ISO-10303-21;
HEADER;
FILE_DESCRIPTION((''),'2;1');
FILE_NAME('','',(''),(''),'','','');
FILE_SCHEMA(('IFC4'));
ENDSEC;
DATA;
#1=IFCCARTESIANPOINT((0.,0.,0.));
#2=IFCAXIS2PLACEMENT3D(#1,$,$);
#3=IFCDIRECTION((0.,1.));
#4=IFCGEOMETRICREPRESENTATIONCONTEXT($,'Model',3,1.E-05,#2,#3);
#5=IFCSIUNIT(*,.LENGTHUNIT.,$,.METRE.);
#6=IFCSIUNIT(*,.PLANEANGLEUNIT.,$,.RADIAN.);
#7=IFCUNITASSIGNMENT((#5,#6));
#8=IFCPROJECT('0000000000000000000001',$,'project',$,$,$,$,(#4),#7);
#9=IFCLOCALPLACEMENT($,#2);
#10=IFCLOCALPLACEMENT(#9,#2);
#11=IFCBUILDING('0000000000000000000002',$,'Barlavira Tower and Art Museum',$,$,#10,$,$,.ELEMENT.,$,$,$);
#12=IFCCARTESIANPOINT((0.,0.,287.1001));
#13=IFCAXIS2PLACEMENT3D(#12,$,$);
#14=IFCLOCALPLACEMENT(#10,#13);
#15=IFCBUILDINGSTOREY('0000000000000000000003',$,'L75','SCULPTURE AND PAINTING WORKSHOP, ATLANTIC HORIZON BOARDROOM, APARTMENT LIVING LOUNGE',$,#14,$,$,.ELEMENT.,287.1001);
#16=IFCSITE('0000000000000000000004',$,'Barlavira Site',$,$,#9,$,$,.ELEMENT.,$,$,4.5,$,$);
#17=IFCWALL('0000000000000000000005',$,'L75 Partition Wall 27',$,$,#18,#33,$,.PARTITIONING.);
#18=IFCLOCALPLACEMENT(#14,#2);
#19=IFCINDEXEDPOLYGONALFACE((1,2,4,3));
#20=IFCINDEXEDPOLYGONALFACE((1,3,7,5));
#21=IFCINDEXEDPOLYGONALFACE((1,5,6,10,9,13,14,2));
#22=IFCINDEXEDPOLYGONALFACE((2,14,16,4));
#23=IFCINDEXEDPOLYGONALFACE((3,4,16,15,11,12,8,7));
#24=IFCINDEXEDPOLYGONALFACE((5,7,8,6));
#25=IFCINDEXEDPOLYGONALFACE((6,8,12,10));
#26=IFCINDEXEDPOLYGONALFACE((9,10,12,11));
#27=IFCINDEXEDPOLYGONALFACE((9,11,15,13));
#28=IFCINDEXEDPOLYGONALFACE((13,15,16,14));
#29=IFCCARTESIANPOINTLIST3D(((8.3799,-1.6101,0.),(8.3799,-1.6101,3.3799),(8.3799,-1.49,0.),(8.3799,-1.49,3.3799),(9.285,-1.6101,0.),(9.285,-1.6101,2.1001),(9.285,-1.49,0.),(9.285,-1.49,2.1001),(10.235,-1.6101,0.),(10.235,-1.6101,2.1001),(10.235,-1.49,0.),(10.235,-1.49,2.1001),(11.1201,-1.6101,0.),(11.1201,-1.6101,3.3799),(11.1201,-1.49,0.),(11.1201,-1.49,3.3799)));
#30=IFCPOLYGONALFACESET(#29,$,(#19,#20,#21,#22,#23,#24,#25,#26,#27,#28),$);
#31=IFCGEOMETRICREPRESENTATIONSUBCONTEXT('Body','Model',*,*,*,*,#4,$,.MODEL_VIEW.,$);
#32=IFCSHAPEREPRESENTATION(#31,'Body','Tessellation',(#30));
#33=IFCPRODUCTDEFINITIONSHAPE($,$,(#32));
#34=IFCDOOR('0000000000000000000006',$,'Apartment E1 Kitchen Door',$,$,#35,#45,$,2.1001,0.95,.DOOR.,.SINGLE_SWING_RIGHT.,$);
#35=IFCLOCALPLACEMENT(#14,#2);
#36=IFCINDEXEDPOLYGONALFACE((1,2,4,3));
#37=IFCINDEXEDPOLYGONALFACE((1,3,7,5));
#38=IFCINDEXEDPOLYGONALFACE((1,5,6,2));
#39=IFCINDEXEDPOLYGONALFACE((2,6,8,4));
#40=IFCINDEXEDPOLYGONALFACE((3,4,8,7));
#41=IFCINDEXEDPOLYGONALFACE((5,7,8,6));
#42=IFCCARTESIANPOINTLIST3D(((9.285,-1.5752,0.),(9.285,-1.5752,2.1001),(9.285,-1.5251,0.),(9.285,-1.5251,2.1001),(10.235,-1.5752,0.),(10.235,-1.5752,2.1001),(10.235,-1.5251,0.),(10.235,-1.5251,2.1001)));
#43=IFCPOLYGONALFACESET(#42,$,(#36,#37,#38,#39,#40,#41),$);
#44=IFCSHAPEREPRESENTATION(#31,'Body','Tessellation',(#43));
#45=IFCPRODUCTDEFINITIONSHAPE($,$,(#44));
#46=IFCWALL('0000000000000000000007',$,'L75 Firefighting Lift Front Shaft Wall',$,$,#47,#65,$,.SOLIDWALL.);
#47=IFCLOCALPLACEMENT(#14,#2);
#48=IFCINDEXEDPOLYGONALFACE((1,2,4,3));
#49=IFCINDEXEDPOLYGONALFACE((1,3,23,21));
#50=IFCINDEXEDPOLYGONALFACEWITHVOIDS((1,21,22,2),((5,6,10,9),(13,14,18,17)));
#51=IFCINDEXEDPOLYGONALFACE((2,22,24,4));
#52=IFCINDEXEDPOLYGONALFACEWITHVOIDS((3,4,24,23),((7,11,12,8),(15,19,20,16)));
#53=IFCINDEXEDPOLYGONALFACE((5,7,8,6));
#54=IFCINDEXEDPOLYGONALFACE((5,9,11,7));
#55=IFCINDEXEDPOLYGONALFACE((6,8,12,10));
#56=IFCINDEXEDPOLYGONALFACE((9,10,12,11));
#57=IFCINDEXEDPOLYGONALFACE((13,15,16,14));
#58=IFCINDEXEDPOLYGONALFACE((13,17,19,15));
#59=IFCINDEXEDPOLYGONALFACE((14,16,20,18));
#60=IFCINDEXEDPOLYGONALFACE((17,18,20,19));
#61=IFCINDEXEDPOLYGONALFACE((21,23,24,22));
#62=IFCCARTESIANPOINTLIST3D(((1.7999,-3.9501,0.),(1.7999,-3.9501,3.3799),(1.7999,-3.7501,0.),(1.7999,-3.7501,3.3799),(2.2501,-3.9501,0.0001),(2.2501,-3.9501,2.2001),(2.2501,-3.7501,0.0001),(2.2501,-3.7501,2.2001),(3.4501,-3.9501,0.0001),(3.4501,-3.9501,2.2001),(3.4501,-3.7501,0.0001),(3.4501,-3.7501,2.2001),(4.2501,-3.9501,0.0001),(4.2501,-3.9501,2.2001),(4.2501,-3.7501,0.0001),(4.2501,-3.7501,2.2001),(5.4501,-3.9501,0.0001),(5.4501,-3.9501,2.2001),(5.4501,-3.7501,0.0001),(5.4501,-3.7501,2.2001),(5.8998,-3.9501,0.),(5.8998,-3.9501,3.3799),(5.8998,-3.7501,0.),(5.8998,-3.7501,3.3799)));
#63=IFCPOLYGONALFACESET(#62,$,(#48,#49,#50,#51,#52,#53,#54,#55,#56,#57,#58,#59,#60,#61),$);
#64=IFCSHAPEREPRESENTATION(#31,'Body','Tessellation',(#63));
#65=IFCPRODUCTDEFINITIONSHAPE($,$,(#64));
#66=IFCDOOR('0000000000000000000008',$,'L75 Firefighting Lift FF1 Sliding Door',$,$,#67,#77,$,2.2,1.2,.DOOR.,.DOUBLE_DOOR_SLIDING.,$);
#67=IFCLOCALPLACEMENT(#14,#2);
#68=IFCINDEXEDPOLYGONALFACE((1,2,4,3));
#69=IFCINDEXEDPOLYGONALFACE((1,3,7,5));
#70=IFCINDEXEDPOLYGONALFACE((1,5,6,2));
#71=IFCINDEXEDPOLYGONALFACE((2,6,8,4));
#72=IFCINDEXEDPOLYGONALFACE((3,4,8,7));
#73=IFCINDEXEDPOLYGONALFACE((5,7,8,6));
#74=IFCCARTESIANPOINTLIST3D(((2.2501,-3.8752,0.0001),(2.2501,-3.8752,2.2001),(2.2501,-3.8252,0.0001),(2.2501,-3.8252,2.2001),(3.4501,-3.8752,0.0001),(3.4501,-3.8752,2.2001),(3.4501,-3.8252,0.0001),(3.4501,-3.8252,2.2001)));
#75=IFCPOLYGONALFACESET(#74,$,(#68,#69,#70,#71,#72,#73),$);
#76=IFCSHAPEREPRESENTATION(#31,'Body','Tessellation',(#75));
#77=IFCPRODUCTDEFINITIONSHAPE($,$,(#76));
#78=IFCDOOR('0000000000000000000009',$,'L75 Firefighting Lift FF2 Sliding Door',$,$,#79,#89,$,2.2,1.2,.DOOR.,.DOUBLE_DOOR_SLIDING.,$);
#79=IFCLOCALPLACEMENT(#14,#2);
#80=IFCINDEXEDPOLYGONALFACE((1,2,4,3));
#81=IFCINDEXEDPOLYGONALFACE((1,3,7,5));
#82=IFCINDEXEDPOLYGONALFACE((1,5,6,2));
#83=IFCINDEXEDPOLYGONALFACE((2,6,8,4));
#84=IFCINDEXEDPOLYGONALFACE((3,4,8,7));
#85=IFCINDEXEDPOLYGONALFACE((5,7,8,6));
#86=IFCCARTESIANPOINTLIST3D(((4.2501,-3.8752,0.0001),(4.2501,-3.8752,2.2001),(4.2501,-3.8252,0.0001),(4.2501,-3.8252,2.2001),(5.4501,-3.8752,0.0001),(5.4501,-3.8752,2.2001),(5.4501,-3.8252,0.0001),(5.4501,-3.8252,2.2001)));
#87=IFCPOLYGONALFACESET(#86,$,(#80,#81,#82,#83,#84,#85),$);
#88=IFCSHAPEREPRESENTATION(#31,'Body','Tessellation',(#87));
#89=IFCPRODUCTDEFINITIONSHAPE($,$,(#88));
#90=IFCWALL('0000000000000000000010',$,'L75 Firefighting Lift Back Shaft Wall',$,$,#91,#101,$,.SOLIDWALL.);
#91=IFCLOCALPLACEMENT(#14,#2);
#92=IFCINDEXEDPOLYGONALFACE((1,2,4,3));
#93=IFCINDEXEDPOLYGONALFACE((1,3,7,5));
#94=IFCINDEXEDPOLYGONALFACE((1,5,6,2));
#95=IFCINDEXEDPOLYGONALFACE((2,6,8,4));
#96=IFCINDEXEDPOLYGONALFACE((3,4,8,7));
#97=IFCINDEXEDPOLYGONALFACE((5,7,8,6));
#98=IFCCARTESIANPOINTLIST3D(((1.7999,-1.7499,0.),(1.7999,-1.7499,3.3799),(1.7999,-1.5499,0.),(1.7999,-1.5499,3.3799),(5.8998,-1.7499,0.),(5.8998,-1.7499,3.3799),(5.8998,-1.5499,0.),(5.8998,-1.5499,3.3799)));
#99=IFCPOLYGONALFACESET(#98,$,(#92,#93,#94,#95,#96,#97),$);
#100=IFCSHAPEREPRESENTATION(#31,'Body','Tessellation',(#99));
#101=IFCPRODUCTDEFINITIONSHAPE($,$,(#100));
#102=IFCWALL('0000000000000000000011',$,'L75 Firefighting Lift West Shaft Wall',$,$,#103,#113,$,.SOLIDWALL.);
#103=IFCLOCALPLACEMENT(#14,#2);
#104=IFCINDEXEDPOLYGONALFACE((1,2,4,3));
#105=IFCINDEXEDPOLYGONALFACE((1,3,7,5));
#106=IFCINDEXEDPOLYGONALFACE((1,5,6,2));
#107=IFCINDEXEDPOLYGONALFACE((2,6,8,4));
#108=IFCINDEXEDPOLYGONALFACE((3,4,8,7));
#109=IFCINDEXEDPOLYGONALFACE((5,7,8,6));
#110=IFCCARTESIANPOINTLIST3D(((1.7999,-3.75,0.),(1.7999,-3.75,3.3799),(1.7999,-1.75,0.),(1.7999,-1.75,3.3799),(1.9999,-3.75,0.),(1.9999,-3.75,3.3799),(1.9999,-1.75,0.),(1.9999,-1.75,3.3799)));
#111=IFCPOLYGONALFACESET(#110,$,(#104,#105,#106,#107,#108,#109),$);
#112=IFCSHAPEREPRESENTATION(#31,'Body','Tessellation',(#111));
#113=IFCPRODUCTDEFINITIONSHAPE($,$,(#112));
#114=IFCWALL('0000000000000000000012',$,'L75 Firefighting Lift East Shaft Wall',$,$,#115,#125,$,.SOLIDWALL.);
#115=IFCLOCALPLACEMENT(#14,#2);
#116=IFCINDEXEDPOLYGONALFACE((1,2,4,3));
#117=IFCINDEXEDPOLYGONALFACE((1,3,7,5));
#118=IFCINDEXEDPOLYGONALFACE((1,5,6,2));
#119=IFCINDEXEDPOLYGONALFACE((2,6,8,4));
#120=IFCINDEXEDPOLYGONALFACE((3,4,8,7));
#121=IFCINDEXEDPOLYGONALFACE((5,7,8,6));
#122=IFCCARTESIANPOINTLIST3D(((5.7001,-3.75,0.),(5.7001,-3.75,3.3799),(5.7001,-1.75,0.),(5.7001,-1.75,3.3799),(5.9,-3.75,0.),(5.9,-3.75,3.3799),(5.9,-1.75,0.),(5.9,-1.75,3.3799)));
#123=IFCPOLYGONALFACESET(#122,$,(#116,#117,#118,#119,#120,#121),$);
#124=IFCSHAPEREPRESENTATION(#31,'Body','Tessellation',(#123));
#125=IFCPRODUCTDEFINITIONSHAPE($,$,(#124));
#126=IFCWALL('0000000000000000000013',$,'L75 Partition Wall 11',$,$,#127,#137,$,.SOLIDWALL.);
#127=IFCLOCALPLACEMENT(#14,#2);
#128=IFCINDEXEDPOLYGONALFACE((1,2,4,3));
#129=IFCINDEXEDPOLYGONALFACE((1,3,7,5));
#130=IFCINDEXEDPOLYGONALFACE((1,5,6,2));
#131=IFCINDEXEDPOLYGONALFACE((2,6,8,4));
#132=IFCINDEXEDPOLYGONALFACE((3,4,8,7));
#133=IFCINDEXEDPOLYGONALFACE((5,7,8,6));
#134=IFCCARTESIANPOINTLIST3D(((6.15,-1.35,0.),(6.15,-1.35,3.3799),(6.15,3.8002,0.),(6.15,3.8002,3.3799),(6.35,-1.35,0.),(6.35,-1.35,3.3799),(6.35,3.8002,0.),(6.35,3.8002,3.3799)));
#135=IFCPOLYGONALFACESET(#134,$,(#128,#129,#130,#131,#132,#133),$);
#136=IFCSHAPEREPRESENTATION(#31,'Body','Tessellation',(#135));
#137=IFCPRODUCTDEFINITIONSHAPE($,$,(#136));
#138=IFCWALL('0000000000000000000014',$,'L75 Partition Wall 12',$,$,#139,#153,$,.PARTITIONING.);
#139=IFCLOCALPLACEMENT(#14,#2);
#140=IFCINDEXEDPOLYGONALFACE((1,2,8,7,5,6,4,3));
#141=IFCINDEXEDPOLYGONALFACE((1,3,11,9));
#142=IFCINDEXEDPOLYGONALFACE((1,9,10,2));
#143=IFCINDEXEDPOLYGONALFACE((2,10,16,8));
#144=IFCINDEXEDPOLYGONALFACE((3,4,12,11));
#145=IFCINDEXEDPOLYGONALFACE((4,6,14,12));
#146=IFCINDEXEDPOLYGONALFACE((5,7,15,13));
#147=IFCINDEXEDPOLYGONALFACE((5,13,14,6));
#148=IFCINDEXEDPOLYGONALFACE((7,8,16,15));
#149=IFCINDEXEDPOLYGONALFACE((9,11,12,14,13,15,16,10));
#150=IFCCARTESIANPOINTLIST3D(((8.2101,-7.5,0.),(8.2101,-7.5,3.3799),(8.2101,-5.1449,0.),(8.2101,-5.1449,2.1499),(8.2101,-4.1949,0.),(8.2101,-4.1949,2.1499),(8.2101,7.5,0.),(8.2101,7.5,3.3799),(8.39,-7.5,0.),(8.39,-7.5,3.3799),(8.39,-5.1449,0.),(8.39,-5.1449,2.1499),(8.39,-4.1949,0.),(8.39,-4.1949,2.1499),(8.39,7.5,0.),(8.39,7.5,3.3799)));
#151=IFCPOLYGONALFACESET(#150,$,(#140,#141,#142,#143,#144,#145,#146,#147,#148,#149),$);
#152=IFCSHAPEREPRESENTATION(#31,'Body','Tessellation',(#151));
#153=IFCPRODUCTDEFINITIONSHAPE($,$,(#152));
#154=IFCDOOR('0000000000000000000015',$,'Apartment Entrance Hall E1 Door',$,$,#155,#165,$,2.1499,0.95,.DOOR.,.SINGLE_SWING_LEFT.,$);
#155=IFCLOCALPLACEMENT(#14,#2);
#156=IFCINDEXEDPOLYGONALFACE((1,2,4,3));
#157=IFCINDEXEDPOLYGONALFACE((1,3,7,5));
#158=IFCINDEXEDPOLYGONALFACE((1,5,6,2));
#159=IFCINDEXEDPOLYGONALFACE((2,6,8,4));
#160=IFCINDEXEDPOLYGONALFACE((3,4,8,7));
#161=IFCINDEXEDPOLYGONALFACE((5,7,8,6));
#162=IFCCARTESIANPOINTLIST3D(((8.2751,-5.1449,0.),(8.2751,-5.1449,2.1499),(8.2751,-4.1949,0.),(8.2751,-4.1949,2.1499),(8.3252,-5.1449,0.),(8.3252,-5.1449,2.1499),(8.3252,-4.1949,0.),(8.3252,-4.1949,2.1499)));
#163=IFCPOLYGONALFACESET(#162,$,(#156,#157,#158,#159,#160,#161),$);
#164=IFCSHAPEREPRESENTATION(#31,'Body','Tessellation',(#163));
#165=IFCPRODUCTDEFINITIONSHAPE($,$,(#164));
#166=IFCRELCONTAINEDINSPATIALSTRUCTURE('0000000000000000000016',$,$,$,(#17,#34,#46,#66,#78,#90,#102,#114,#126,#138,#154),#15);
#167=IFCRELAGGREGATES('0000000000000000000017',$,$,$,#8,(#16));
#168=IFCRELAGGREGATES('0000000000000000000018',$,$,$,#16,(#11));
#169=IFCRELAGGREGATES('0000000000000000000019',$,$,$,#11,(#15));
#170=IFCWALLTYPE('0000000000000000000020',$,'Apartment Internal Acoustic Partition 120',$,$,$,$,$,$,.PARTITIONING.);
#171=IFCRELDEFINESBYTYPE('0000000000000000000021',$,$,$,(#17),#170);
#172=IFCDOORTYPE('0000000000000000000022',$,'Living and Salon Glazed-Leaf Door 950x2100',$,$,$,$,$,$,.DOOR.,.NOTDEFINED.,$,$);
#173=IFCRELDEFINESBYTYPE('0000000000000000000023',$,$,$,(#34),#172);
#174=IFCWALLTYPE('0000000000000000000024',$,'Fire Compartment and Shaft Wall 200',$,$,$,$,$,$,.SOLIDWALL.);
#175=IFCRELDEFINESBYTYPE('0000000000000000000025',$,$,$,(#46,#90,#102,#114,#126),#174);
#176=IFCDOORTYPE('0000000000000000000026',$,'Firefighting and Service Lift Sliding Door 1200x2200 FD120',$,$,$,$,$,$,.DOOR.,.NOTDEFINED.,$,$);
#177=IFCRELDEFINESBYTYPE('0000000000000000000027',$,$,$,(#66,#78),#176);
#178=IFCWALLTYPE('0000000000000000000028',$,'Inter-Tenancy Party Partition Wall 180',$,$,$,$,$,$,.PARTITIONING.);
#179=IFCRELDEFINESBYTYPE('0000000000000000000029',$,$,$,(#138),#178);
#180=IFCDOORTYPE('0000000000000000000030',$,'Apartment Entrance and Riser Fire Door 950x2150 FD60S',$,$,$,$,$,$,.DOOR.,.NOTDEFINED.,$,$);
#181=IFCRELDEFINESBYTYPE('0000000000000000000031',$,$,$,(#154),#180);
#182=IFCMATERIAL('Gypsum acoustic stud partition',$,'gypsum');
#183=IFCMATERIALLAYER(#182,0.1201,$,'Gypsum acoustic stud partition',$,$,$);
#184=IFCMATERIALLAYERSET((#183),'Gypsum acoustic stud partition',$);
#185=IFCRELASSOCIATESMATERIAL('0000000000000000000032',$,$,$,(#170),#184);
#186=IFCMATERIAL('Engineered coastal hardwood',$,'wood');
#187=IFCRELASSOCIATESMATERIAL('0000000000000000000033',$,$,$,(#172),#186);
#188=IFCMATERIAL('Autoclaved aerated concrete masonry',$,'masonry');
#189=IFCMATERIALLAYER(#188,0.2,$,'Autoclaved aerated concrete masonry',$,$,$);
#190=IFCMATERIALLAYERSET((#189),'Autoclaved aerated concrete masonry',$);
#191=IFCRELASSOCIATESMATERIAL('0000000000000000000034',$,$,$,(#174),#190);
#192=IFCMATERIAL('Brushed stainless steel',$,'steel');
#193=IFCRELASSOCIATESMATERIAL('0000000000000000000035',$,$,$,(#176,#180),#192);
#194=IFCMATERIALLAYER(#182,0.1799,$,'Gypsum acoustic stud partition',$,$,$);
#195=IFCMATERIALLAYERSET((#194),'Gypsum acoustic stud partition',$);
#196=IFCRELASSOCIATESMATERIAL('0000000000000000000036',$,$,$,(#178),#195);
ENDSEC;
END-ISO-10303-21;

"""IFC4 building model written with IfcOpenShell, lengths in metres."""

from ifc_helpers import new_model, si_unit, direction, frame, frame_2d, origin, place, context, subcontext, project, spatial, rectangle, extrude, material, layer, layer_set, type_object, element, fill, save


model = new_model("IFC4")

# Units and contexts
model_context = context("Model", 3, precision=1e-05, world=origin(), true_north=direction((0.0, 1.0)))
body_context = subcontext(model_context, "Body", "Model", "MODEL_VIEW")
ifc_project = project(units=[si_unit("LENGTHUNIT", "METRE"), si_unit("PLANEANGLEUNIT", "RADIAN")], contexts=[model_context])

# Site, building, storey
site_placement = place(None, origin())
site = spatial("IfcSite", under=ifc_project, at=site_placement, Name="Barlavira Site", CompositionType="ELEMENT", RefElevation=4.5)
building_placement = place(site_placement, origin())
building = spatial("IfcBuilding", under=site, at=building_placement, Name="Barlavira Tower and Art Museum", CompositionType="ELEMENT")
storey_placement = place(building_placement, frame((0.0, 0.0, 287.1001)))
storey = spatial("IfcBuildingStorey", under=building, at=storey_placement, Name="L75", Description="SCULPTURE AND PAINTING WORKSHOP, ATLANTIC HORIZON BOARDROOM, APARTMENT LIVING LOUNGE", CompositionType="ELEMENT", Elevation=287.1001)

# Wall, opening, door
ifc_material_1 = material(Name="Gypsum acoustic stud partition", Category="gypsum")
ifc_layer_1 = layer(ifc_material_1, 0.1201, Name="Gypsum acoustic stud partition")
ifc_layer_set_1 = layer_set([ifc_layer_1], Name="Gypsum acoustic stud partition")
wall_type_1 = type_object("IfcWallType", Name="Apartment Internal Acoustic Partition 120", PredefinedType="PARTITIONING", material=ifc_layer_set_1)
wall_1_placement = place(storey_placement, frame((8.3799, -1.55, 0.0), z_axis=(0.0, 0.0, 1.0), x_axis=(1.0, 0.0, 0.0)))
wall_1 = element("IfcWall", 1, at=wall_1_placement, inside=storey, type_object=wall_type_1, Name="L75 Partition Wall 27", PredefinedType="PARTITIONING", context=body_context, shape_type="SweptSolid", body=[
    extrude(rectangle(XDim=2.7402, YDim=0.1201, at=frame_2d((1.3701, 0.0))), origin(), (0.0, 0.0, 1.0), 3.3799),
])
opening_1_placement = place(wall_1_placement, frame((0.905, 0.0, 0.0)))
opening_1 = element("IfcOpeningElement", 2, at=opening_1_placement, cuts=wall_1, PredefinedType="OPENING", context=body_context, shape_type="SweptSolid", body=[
    extrude(rectangle(XDim=0.95, YDim=2.1001, at=frame_2d((0.4751, 1.05))), frame((0.0, 0.0701, 0.0), z_axis=(0.0, -1.0, 0.0), x_axis=(1.0, 0.0, 0.0)), (0.0, 0.0, 1.0), 0.1401),
])
ifc_material_2 = material(Name="Engineered coastal hardwood", Category="wood")
door_type_1 = type_object("IfcDoorType", Name="Living and Salon Glazed-Leaf Door 950x2100", OperationType="NOTDEFINED", PredefinedType="DOOR", material=ifc_material_2)
door_1_placement = place(opening_1_placement, origin())
door_1 = element("IfcDoor", 3, at=door_1_placement, inside=storey, type_object=door_type_1, Name="Apartment E1 Kitchen Door", OperationType="SINGLE_SWING_RIGHT", OverallHeight=2.1001, OverallWidth=0.95, PredefinedType="DOOR", context=body_context, shape_type="SweptSolid", body=[
    extrude(rectangle(XDim=0.95, YDim=2.1001, at=frame_2d((0.4751, 1.05))), frame((0.0, 0.0249, 0.0), z_axis=(0.0, -1.0, 0.0), x_axis=(1.0, 0.0, 0.0)), (0.0, 0.0, 1.0), 0.05),
])
fill(opening_1, door_1)
ifc_material_3 = material(Name="Brushed stainless steel", Category="steel")

# Wall, openings, doors
ifc_material_4 = material(Name="Autoclaved aerated concrete masonry", Category="masonry")
ifc_layer_2 = layer(ifc_material_4, 0.2, Name="Autoclaved aerated concrete masonry")
ifc_layer_set_2 = layer_set([ifc_layer_2], Name="Autoclaved aerated concrete masonry")
wall_type_2 = type_object("IfcWallType", Name="Fire Compartment and Shaft Wall 200", PredefinedType="SOLIDWALL", material=ifc_layer_set_2)
wall_2_placement = place(storey_placement, frame((1.8, -3.8501, 0.0), z_axis=(0.0, 0.0, 1.0), x_axis=(1.0, 0.0, 0.0)))
wall_2 = element("IfcWall", 4, at=wall_2_placement, inside=storey, type_object=wall_type_2, Name="L75 Firefighting Lift Front Shaft Wall", PredefinedType="SOLIDWALL", context=body_context, shape_type="SweptSolid", body=[
    extrude(rectangle(XDim=4.0999, YDim=0.2, at=frame_2d((2.0498, 0.0))), origin(), (0.0, 0.0, 1.0), 3.3799),
])
opening_2_placement = place(wall_2_placement, frame((0.45, 0.0, 0.0)))
opening_2 = element("IfcOpeningElement", 5, at=opening_2_placement, cuts=wall_2, PredefinedType="OPENING", context=body_context, shape_type="SweptSolid", body=[
    extrude(rectangle(XDim=1.2, YDim=2.2, at=frame_2d((0.6001, 1.1001))), frame((0.0, 0.1099, 0.0), z_axis=(0.0, -1.0, 0.0), x_axis=(1.0, 0.0, 0.0)), (0.0, 0.0, 1.0), 0.22),
])
opening_3_placement = place(wall_2_placement, frame((2.45, 0.0, 0.0)))
opening_3 = element("IfcOpeningElement", 6, at=opening_3_placement, cuts=wall_2, PredefinedType="OPENING", context=body_context, shape_type="SweptSolid", body=[
    extrude(rectangle(XDim=1.2, YDim=2.2, at=frame_2d((0.6001, 1.1001))), frame((0.0, 0.1099, 0.0), z_axis=(0.0, -1.0, 0.0), x_axis=(1.0, 0.0, 0.0)), (0.0, 0.0, 1.0), 0.22),
])
door_type_2 = type_object("IfcDoorType", Name="Firefighting and Service Lift Sliding Door 1200x2200 FD120", OperationType="NOTDEFINED", PredefinedType="DOOR", material=ifc_material_3)
door_2_placement = place(opening_2_placement, origin())
door_2 = element("IfcDoor", 7, at=door_2_placement, inside=storey, type_object=door_type_2, Name="L75 Firefighting Lift FF1 Sliding Door", OperationType="DOUBLE_DOOR_SLIDING", OverallHeight=2.2, OverallWidth=1.2, PredefinedType="DOOR", context=body_context, shape_type="SweptSolid", body=[
    extrude(rectangle(XDim=1.2, YDim=2.2, at=frame_2d((0.6001, 1.1001))), frame((0.0, 0.0249, 0.0), z_axis=(0.0, -1.0, 0.0), x_axis=(1.0, 0.0, 0.0)), (0.0, 0.0, 1.0), 0.05),
])
fill(opening_2, door_2)
door_3_placement = place(opening_3_placement, origin())
door_3 = element("IfcDoor", 8, at=door_3_placement, inside=storey, type_object=door_type_2, Name="L75 Firefighting Lift FF2 Sliding Door", OperationType="DOUBLE_DOOR_SLIDING", OverallHeight=2.2, OverallWidth=1.2, PredefinedType="DOOR", context=body_context, shape_type="SweptSolid", body=[
    extrude(rectangle(XDim=1.2, YDim=2.2, at=frame_2d((0.6001, 1.1001))), frame((0.0, 0.0249, 0.0), z_axis=(0.0, -1.0, 0.0), x_axis=(1.0, 0.0, 0.0)), (0.0, 0.0, 1.0), 0.05),
])
fill(opening_3, door_3)

# Walls
wall_3_placement = place(storey_placement, frame((1.8, -1.6499, 0.0), z_axis=(0.0, 0.0, 1.0), x_axis=(1.0, 0.0, 0.0)))
element("IfcWall", 9, at=wall_3_placement, inside=storey, type_object=wall_type_2, Name="L75 Firefighting Lift Back Shaft Wall", PredefinedType="SOLIDWALL", context=body_context, shape_type="SweptSolid", body=[
    extrude(rectangle(XDim=4.0999, YDim=0.2, at=frame_2d((2.0498, 0.0))), origin(), (0.0, 0.0, 1.0), 3.3799),
])
for number, where, z_axis, x_axis, name in (
    (10, (1.8999, -3.75, 0.0), (0.0, 0.0, 1.0), (0.0, 1.0, 0.0), "L75 Firefighting Lift West Shaft Wall"),
    (11, (5.8, -3.75, 0.0), (0.0, 0.0, 1.0), (0.0, 1.0, 0.0), "L75 Firefighting Lift East Shaft Wall"),
):
    element("IfcWall", number, at=place(storey_placement, frame(where, z_axis=z_axis, x_axis=x_axis)), inside=storey, type_object=wall_type_2, Name=name, PredefinedType="SOLIDWALL", context=body_context, shape_type="SweptSolid", body=[
        extrude(rectangle(XDim=2.0, YDim=0.2, at=frame_2d((1.0, 0.0))), origin(), (0.0, 0.0, 1.0), 3.3799),
    ])

# Shared definitions
door_type_3 = type_object("IfcDoorType", Name="Apartment Entrance and Riser Fire Door 950x2150 FD60S", OperationType="NOTDEFINED", PredefinedType="DOOR", material=ifc_material_3)

# Wall
wall_4_placement = place(storey_placement, frame((6.25, -1.3501, 0.0), z_axis=(0.0, 0.0, 1.0), x_axis=(0.0, 1.0, 0.0)))
element("IfcWall", 12, at=wall_4_placement, inside=storey, type_object=wall_type_2, Name="L75 Partition Wall 11", PredefinedType="SOLIDWALL", context=body_context, shape_type="SweptSolid", body=[
    extrude(rectangle(XDim=5.1501, YDim=0.2, at=frame_2d((2.5752, 0.0))), origin(), (0.0, 0.0, 1.0), 3.3799),
])

# Wall, opening, door
ifc_layer_3 = layer(ifc_material_1, 0.1799, Name="Gypsum acoustic stud partition")
ifc_layer_set_3 = layer_set([ifc_layer_3], Name="Gypsum acoustic stud partition")
wall_type_3 = type_object("IfcWallType", Name="Inter-Tenancy Party Partition Wall 180", PredefinedType="PARTITIONING", material=ifc_layer_set_3)
wall_5_placement = place(storey_placement, frame((8.3, -7.5, 0.0), z_axis=(0.0, 0.0, 1.0), x_axis=(0.0, 1.0, 0.0)))
wall_5 = element("IfcWall", 13, at=wall_5_placement, inside=storey, type_object=wall_type_3, Name="L75 Partition Wall 12", PredefinedType="PARTITIONING", context=body_context, shape_type="SweptSolid", body=[
    extrude(rectangle(XDim=15.0, YDim=0.1799, at=frame_2d((7.5, 0.0))), origin(), (0.0, 0.0, 1.0), 3.3799),
])
opening_4_placement = place(wall_5_placement, frame((2.355, 0.0, 0.0)))
opening_4 = element("IfcOpeningElement", 14, at=opening_4_placement, cuts=wall_5, PredefinedType="OPENING", context=body_context, shape_type="SweptSolid", body=[
    extrude(rectangle(XDim=0.95, YDim=2.1499, at=frame_2d((0.4751, 1.075))), frame((0.0, 0.1001, 0.0), z_axis=(0.0, -1.0, 0.0), x_axis=(1.0, 0.0, 0.0)), (0.0, 0.0, 1.0), 0.2),
])
door_4_placement = place(opening_4_placement, origin())
door_4 = element("IfcDoor", 15, at=door_4_placement, inside=storey, type_object=door_type_3, Name="Apartment Entrance Hall E1 Door", OperationType="SINGLE_SWING_LEFT", OverallHeight=2.1499, OverallWidth=0.95, PredefinedType="DOOR", context=body_context, shape_type="SweptSolid", body=[
    extrude(rectangle(XDim=0.95, YDim=2.1499, at=frame_2d((0.4751, 1.075))), frame((0.0, 0.0249, 0.0), z_axis=(0.0, -1.0, 0.0), x_axis=(1.0, 0.0, 0.0)), (0.0, 0.0, 1.0), 0.05),
])
fill(opening_4, door_4)

save(model, "model.ifc")
